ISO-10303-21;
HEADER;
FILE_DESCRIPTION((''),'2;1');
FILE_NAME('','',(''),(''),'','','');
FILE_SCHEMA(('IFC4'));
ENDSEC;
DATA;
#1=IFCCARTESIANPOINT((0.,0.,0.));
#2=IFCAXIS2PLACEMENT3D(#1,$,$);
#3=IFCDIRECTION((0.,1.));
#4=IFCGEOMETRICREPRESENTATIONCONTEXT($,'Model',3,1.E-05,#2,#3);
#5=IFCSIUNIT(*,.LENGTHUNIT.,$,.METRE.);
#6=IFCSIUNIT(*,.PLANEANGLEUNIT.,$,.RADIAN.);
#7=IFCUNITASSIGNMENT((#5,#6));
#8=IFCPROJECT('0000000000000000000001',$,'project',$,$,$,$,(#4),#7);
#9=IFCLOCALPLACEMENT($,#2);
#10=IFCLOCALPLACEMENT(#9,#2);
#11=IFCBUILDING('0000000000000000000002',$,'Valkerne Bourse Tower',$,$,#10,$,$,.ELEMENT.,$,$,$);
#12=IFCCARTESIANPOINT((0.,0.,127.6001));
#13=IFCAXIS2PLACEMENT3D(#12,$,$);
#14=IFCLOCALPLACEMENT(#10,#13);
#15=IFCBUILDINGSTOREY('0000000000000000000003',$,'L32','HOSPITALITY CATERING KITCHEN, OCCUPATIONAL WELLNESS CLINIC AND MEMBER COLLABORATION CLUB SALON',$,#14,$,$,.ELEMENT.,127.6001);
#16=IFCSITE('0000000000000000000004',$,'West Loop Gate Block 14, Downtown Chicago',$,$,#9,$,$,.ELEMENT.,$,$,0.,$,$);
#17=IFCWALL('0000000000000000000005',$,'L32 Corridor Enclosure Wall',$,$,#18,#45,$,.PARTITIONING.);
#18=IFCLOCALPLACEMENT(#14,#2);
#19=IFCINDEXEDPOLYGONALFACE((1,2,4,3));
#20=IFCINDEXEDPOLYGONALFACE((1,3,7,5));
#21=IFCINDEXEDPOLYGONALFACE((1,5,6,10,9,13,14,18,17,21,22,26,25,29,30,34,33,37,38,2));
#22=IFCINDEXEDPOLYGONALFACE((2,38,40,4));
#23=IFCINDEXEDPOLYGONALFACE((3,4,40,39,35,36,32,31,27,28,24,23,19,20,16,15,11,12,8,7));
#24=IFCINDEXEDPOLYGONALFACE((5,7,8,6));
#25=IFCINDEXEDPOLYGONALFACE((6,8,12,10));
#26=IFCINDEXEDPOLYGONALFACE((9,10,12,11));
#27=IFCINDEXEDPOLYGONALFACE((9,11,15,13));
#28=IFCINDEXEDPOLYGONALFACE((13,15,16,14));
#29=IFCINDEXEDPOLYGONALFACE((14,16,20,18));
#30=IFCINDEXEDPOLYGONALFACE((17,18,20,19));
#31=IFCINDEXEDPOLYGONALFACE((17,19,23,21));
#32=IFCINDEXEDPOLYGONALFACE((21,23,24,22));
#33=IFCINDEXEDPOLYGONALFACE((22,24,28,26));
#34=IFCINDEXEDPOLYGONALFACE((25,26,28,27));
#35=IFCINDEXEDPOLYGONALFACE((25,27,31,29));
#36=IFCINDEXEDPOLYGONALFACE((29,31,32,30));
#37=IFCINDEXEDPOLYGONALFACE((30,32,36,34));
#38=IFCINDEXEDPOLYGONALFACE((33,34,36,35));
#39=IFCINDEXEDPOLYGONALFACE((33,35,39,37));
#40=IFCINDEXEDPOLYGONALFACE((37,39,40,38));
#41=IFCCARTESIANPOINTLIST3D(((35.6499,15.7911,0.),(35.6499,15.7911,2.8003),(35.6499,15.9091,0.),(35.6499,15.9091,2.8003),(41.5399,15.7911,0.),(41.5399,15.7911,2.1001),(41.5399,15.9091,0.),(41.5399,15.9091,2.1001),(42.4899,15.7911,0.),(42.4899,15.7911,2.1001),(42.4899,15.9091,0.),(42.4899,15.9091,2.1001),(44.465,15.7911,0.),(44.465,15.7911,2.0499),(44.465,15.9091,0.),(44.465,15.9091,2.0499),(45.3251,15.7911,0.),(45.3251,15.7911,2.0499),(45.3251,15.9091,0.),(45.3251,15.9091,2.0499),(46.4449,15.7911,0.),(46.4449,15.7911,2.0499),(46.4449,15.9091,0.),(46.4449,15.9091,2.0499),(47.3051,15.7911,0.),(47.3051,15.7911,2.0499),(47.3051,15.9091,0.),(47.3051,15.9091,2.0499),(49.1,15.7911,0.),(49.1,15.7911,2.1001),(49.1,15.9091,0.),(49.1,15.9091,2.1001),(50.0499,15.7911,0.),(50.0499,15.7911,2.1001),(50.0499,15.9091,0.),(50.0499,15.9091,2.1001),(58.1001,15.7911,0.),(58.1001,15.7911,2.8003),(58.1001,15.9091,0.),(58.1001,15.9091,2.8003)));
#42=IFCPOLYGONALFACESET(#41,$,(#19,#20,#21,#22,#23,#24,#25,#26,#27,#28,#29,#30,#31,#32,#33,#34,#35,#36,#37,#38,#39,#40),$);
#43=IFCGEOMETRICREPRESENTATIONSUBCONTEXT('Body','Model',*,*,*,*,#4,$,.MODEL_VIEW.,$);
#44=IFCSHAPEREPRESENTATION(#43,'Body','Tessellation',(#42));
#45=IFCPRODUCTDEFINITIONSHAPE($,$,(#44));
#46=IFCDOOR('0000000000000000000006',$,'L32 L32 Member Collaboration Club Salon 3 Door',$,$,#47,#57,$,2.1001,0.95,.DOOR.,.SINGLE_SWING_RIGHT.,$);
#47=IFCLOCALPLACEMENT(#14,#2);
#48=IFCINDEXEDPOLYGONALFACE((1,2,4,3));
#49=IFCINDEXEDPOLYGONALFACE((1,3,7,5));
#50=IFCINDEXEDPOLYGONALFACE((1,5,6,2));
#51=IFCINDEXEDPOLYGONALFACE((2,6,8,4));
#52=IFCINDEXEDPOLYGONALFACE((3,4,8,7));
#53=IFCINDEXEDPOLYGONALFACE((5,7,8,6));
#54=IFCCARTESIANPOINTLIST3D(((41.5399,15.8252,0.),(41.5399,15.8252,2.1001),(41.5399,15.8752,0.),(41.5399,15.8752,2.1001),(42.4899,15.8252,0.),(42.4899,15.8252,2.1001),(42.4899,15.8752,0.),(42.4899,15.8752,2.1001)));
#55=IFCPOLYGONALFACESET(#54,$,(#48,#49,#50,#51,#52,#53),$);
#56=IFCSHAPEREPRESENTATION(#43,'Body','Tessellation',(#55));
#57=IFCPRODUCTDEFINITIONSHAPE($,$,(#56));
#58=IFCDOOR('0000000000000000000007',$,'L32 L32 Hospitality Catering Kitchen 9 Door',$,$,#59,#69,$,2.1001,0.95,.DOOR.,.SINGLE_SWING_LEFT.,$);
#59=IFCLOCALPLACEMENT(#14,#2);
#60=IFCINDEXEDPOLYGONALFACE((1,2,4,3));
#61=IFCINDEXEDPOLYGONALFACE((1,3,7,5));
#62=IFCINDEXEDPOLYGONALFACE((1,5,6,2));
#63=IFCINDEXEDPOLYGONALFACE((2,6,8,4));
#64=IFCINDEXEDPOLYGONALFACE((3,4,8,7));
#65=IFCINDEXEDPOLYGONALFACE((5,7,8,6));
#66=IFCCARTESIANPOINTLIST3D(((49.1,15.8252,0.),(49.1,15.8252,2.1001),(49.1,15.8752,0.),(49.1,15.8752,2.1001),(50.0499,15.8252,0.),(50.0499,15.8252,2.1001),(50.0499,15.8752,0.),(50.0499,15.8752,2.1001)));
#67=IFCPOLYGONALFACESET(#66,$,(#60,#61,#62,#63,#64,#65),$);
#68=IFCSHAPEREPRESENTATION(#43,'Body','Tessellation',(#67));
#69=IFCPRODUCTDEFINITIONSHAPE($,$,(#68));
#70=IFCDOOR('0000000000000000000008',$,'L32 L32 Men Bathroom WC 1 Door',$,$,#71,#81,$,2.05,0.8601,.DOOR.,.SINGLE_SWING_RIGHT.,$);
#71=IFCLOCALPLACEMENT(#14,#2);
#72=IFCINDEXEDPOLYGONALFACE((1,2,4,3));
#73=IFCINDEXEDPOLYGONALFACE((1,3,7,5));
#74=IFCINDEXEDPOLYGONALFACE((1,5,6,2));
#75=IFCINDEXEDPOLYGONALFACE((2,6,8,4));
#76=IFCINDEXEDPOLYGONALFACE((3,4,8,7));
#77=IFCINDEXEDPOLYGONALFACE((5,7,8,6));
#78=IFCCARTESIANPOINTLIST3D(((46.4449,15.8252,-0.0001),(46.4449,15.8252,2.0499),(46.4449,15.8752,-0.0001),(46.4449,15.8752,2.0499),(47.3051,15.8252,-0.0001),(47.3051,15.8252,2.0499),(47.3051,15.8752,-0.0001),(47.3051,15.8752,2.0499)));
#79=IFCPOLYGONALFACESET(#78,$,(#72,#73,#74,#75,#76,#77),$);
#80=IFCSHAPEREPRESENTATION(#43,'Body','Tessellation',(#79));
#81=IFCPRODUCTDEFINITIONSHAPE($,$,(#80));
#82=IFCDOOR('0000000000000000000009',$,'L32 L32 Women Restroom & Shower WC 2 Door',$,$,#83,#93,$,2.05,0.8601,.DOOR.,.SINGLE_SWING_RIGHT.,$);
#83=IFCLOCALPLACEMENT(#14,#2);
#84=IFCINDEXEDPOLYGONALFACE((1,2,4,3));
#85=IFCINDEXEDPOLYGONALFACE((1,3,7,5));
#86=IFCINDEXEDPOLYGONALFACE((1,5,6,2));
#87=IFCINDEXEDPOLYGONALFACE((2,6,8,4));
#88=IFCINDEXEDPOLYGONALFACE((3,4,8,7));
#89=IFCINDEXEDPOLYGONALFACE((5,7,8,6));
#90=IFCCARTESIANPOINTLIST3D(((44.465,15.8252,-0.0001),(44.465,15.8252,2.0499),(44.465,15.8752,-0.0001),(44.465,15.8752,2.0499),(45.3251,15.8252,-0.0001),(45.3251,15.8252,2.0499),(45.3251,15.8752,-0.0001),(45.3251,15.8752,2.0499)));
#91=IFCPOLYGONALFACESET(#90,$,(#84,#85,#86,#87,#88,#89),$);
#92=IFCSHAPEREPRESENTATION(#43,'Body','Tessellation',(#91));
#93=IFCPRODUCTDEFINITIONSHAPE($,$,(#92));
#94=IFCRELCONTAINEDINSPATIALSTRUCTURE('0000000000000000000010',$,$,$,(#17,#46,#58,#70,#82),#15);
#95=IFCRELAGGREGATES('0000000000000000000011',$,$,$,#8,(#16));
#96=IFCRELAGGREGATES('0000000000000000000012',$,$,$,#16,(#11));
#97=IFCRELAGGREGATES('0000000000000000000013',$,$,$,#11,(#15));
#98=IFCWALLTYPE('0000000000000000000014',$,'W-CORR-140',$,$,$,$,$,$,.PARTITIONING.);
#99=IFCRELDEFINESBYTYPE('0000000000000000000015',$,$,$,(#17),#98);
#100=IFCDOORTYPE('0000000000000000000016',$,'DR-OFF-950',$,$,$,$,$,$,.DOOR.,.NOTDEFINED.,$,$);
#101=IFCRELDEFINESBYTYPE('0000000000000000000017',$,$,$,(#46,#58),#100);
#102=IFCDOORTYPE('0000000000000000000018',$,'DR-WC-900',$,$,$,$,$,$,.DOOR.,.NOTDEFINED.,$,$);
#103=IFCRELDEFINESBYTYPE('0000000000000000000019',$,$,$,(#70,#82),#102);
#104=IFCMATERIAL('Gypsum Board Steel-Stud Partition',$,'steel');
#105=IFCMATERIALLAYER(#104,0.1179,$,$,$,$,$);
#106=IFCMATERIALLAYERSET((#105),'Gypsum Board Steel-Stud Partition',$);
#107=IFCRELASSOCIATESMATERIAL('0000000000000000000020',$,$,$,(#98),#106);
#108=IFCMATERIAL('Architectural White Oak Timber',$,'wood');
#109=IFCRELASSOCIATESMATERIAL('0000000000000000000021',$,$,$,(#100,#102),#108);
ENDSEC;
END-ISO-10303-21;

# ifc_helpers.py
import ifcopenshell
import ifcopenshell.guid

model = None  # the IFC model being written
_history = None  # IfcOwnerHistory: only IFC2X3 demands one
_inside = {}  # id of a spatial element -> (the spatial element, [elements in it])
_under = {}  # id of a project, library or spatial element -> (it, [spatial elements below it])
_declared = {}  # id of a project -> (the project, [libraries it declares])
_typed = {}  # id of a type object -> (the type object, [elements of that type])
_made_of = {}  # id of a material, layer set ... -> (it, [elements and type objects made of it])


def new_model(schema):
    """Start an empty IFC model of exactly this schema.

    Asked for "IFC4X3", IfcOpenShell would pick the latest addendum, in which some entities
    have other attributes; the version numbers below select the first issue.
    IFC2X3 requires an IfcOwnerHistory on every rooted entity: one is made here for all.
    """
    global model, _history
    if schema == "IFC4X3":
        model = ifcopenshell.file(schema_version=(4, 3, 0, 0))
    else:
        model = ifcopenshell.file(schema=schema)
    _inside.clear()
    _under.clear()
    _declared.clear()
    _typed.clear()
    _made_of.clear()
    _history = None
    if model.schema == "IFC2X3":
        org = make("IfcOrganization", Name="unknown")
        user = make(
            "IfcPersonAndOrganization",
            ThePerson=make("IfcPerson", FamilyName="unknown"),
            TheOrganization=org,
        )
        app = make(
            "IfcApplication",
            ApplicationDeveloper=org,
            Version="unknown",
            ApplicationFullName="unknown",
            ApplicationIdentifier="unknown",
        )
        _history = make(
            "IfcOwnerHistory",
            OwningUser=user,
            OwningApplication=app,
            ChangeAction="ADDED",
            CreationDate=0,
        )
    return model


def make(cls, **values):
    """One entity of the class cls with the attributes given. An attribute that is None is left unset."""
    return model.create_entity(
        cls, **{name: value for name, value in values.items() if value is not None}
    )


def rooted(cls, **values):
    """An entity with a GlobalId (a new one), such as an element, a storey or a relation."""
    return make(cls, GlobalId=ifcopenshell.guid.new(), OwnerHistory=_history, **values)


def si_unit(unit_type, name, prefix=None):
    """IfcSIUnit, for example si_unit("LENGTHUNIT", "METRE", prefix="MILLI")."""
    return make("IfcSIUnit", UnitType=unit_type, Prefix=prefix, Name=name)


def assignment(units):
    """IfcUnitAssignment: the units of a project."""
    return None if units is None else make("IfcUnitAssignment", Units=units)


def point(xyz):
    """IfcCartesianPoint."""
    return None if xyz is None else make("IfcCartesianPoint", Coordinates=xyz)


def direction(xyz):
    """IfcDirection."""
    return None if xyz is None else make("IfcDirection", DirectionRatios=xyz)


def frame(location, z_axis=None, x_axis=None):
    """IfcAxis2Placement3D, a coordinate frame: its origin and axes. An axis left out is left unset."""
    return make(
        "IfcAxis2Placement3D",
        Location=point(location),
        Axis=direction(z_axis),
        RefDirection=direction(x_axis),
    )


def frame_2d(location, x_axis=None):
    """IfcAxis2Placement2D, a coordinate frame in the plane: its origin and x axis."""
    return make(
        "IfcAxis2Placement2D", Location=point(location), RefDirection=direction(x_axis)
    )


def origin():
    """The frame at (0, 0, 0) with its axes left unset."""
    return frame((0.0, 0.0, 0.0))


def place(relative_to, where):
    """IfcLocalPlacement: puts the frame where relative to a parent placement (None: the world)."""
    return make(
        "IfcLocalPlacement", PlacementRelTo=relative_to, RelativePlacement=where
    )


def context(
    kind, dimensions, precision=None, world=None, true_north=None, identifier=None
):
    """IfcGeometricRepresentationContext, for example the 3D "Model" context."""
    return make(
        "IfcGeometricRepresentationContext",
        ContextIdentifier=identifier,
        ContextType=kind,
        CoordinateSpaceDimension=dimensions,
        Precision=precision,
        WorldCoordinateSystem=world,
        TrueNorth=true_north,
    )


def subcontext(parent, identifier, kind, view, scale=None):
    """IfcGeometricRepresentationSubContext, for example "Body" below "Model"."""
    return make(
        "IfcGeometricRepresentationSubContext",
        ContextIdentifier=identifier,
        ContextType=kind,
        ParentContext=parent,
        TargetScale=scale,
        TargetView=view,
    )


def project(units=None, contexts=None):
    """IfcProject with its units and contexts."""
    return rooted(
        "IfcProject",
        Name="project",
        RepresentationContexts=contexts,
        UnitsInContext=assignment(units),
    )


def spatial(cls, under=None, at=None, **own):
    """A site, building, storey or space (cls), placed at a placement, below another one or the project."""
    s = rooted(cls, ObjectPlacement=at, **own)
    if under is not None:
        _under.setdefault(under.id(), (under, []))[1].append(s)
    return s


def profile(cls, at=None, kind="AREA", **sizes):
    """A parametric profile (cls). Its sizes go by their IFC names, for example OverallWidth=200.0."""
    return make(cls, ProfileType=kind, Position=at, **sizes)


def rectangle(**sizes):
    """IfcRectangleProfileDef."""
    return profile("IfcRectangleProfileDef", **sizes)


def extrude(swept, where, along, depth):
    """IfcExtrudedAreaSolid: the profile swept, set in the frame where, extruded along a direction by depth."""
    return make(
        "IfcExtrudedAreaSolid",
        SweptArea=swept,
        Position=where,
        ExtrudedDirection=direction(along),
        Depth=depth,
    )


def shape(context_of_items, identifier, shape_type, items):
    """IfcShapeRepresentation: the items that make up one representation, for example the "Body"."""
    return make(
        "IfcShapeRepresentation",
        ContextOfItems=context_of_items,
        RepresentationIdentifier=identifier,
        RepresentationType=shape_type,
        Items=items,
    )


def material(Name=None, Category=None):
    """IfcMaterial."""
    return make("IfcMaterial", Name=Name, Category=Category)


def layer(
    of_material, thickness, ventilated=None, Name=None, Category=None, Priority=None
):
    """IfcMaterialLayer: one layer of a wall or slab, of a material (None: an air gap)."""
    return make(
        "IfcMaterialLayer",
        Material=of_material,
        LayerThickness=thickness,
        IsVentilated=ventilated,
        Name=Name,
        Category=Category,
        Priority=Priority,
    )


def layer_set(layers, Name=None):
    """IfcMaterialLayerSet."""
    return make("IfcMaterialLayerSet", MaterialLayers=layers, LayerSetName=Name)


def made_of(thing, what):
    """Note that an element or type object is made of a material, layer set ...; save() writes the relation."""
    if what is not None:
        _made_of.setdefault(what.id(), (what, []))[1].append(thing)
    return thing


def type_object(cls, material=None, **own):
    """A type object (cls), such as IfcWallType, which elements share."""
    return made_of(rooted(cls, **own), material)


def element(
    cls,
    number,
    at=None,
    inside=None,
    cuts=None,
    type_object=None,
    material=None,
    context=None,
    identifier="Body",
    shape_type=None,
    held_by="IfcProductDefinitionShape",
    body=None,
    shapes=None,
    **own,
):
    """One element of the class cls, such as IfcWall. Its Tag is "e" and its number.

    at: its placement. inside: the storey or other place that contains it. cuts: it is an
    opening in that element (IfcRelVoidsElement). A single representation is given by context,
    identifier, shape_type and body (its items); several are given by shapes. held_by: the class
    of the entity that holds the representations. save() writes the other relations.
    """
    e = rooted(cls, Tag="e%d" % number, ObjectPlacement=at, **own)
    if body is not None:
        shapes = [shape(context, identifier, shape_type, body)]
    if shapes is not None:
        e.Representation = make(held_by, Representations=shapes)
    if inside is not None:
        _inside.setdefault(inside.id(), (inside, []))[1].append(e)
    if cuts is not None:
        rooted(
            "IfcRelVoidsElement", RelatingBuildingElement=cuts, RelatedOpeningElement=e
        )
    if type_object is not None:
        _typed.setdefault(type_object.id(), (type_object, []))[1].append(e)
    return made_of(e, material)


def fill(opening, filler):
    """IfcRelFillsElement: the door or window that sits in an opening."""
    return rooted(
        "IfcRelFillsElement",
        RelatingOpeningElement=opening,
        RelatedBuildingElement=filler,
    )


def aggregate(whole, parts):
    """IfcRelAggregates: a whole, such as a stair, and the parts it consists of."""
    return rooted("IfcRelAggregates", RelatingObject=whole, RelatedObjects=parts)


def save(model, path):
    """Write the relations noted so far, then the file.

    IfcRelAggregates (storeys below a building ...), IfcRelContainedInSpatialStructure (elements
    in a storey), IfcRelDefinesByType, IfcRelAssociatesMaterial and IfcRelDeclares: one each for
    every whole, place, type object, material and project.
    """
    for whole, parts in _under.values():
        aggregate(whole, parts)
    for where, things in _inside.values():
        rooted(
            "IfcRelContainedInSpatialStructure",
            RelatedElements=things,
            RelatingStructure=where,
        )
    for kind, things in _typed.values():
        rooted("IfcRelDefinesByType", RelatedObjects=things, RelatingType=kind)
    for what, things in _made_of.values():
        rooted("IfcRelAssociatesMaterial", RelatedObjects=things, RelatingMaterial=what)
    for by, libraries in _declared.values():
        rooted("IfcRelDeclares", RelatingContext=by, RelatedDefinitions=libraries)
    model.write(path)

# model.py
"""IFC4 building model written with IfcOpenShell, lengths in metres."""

from ifc_helpers import new_model, si_unit, direction, frame, frame_2d, origin, place, context, subcontext, project, spatial, rectangle, extrude, material, layer, layer_set, type_object, element, fill, save


model = new_model("IFC4")

# Units and contexts
model_context = context("Model", 3, precision=1e-05, world=origin(), true_north=direction((0.0, 1.0)))
body_context = subcontext(model_context, "Body", "Model", "MODEL_VIEW")
ifc_project = project(units=[si_unit("LENGTHUNIT", "METRE"), si_unit("PLANEANGLEUNIT", "RADIAN")], contexts=[model_context])

# Site, building, storey
site_placement = place(None, origin())
site = spatial("IfcSite", under=ifc_project, at=site_placement, Name="West Loop Gate Block 14, Downtown Chicago", CompositionType="ELEMENT", RefElevation=0.0)
building_placement = place(site_placement, origin())
building = spatial("IfcBuilding", under=site, at=building_placement, Name="Valkerne Bourse Tower", CompositionType="ELEMENT")
storey_placement = place(building_placement, frame((0.0, 0.0, 127.6001)))
storey = spatial("IfcBuildingStorey", under=building, at=storey_placement, Name="L32", Description="HOSPITALITY CATERING KITCHEN, OCCUPATIONAL WELLNESS CLINIC AND MEMBER COLLABORATION CLUB SALON", CompositionType="ELEMENT", Elevation=127.6001)

# Wall, openings, doors
ifc_material_1 = material(Name="Gypsum Board Steel-Stud Partition", Category="steel")
ifc_layer_1 = layer(ifc_material_1, 0.1179)
ifc_layer_set_1 = layer_set([ifc_layer_1], Name="Gypsum Board Steel-Stud Partition")
wall_type = type_object("IfcWallType", Name="W-CORR-140", PredefinedType="PARTITIONING", material=ifc_layer_set_1)
wall_placement = place(storey_placement, frame((58.1001, 15.8501, 0.0), z_axis=(0.0, 0.0, 1.0), x_axis=(-1.0, 0.0, 0.0)))
wall = element("IfcWall", 1, at=wall_placement, inside=storey, type_object=wall_type, Name="L32 Corridor Enclosure Wall", PredefinedType="PARTITIONING", context=body_context, shape_type="SweptSolid", body=[
    extrude(rectangle(XDim=22.4502, YDim=0.1179, at=frame_2d((11.2251, 0.0))), origin(), (0.0, 0.0, 1.0), 2.8003),
])
opening_1_placement = place(wall_placement, frame((10.7949, 0.0, 0.0)))
opening_1 = element("IfcOpeningElement", 2, at=opening_1_placement, cuts=wall, PredefinedType="OPENING", context=body_context, shape_type="SweptSolid", body=[
    extrude(rectangle(XDim=0.8601, YDim=2.05, at=frame_2d((0.4302, 1.0249))), frame((0.0, 0.0688, 0.0), z_axis=(0.0, -1.0, 0.0), x_axis=(1.0, 0.0, 0.0)), (0.0, 0.0, 1.0), 0.1379),
])
opening_2_placement = place(wall_placement, frame((12.7749, 0.0, 0.0)))
opening_2 = element("IfcOpeningElement", 3, at=opening_2_placement, cuts=wall, PredefinedType="OPENING", context=body_context, shape_type="SweptSolid", body=[
    extrude(rectangle(XDim=0.8601, YDim=2.05, at=frame_2d((0.4302, 1.0249))), frame((0.0, 0.0688, 0.0), z_axis=(0.0, -1.0, 0.0), x_axis=(1.0, 0.0, 0.0)), (0.0, 0.0, 1.0), 0.1379),
])
opening_3_placement = place(wall_placement, frame((15.6101, 0.0, 0.0)))
opening_3 = element("IfcOpeningElement", 4, at=opening_3_placement, cuts=wall, PredefinedType="OPENING", context=body_context, shape_type="SweptSolid", body=[
    extrude(rectangle(XDim=0.95, YDim=2.1001, at=frame_2d((0.4751, 1.05))), frame((0.0, 0.0688, 0.0), z_axis=(0.0, -1.0, 0.0), x_axis=(1.0, 0.0, 0.0)), (0.0, 0.0, 1.0), 0.1379),
])
opening_4_placement = place(wall_placement, frame((8.05, 0.0, 0.0)))
opening_4 = element("IfcOpeningElement", 5, at=opening_4_placement, cuts=wall, PredefinedType="OPENING", context=body_context, shape_type="SweptSolid", body=[
    extrude(rectangle(XDim=0.95, YDim=2.1001, at=frame_2d((0.4751, 1.05))), frame((0.0, 0.0688, 0.0), z_axis=(0.0, -1.0, 0.0), x_axis=(1.0, 0.0, 0.0)), (0.0, 0.0, 1.0), 0.1379),
])
ifc_material_2 = material(Name="Architectural White Oak Timber", Category="wood")
door_type_1 = type_object("IfcDoorType", Name="DR-OFF-950", OperationType="NOTDEFINED", PredefinedType="DOOR", material=ifc_material_2)
door_1_placement = place(opening_3_placement, origin())
door_1 = element("IfcDoor", 6, at=door_1_placement, inside=storey, type_object=door_type_1, Name="L32 L32 Member Collaboration Club Salon 3 Door", OperationType="SINGLE_SWING_RIGHT", OverallHeight=2.1001, OverallWidth=0.95, PredefinedType="DOOR", context=body_context, shape_type="SweptSolid", body=[
    extrude(rectangle(XDim=0.95, YDim=2.1001, at=frame_2d((0.4751, 1.05))), frame((0.0, 0.0249, 0.0), z_axis=(0.0, -1.0, 0.0), x_axis=(1.0, 0.0, 0.0)), (0.0, 0.0, 1.0), 0.05),
])
fill(opening_3, door_1)
door_2_placement = place(opening_4_placement, origin())
door_2 = element("IfcDoor", 7, at=door_2_placement, inside=storey, type_object=door_type_1, Name="L32 L32 Hospitality Catering Kitchen 9 Door", OperationType="SINGLE_SWING_LEFT", OverallHeight=2.1001, OverallWidth=0.95, PredefinedType="DOOR", context=body_context, shape_type="SweptSolid", body=[
    extrude(rectangle(XDim=0.95, YDim=2.1001, at=frame_2d((0.4751, 1.05))), frame((0.0, 0.0249, 0.0), z_axis=(0.0, -1.0, 0.0), x_axis=(1.0, 0.0, 0.0)), (0.0, 0.0, 1.0), 0.05),
])
fill(opening_4, door_2)
door_type_2 = type_object("IfcDoorType", Name="DR-WC-900", OperationType="NOTDEFINED", PredefinedType="DOOR", material=ifc_material_2)
door_3_placement = place(opening_1_placement, origin())
door_3 = element("IfcDoor", 8, at=door_3_placement, inside=storey, type_object=door_type_2, Name="L32 L32 Men Bathroom WC 1 Door", OperationType="SINGLE_SWING_RIGHT", OverallHeight=2.05, OverallWidth=0.8601, PredefinedType="DOOR", context=body_context, shape_type="SweptSolid", body=[
    extrude(rectangle(XDim=0.8601, YDim=2.05, at=frame_2d((0.4302, 1.0249))), frame((0.0, 0.0249, 0.0), z_axis=(0.0, -1.0, 0.0), x_axis=(1.0, 0.0, 0.0)), (0.0, 0.0, 1.0), 0.05),
])
fill(opening_1, door_3)
door_4_placement = place(opening_2_placement, origin())
door_4 = element("IfcDoor", 9, at=door_4_placement, inside=storey, type_object=door_type_2, Name="L32 L32 Women Restroom & Shower WC 2 Door", OperationType="SINGLE_SWING_RIGHT", OverallHeight=2.05, OverallWidth=0.8601, PredefinedType="DOOR", context=body_context, shape_type="SweptSolid", body=[
    extrude(rectangle(XDim=0.8601, YDim=2.05, at=frame_2d((0.4302, 1.0249))), frame((0.0, 0.0249, 0.0), z_axis=(0.0, -1.0, 0.0), x_axis=(1.0, 0.0, 0.0)), (0.0, 0.0, 1.0), 0.05),
])
fill(opening_2, door_4)

save(model, "model.ifc")
